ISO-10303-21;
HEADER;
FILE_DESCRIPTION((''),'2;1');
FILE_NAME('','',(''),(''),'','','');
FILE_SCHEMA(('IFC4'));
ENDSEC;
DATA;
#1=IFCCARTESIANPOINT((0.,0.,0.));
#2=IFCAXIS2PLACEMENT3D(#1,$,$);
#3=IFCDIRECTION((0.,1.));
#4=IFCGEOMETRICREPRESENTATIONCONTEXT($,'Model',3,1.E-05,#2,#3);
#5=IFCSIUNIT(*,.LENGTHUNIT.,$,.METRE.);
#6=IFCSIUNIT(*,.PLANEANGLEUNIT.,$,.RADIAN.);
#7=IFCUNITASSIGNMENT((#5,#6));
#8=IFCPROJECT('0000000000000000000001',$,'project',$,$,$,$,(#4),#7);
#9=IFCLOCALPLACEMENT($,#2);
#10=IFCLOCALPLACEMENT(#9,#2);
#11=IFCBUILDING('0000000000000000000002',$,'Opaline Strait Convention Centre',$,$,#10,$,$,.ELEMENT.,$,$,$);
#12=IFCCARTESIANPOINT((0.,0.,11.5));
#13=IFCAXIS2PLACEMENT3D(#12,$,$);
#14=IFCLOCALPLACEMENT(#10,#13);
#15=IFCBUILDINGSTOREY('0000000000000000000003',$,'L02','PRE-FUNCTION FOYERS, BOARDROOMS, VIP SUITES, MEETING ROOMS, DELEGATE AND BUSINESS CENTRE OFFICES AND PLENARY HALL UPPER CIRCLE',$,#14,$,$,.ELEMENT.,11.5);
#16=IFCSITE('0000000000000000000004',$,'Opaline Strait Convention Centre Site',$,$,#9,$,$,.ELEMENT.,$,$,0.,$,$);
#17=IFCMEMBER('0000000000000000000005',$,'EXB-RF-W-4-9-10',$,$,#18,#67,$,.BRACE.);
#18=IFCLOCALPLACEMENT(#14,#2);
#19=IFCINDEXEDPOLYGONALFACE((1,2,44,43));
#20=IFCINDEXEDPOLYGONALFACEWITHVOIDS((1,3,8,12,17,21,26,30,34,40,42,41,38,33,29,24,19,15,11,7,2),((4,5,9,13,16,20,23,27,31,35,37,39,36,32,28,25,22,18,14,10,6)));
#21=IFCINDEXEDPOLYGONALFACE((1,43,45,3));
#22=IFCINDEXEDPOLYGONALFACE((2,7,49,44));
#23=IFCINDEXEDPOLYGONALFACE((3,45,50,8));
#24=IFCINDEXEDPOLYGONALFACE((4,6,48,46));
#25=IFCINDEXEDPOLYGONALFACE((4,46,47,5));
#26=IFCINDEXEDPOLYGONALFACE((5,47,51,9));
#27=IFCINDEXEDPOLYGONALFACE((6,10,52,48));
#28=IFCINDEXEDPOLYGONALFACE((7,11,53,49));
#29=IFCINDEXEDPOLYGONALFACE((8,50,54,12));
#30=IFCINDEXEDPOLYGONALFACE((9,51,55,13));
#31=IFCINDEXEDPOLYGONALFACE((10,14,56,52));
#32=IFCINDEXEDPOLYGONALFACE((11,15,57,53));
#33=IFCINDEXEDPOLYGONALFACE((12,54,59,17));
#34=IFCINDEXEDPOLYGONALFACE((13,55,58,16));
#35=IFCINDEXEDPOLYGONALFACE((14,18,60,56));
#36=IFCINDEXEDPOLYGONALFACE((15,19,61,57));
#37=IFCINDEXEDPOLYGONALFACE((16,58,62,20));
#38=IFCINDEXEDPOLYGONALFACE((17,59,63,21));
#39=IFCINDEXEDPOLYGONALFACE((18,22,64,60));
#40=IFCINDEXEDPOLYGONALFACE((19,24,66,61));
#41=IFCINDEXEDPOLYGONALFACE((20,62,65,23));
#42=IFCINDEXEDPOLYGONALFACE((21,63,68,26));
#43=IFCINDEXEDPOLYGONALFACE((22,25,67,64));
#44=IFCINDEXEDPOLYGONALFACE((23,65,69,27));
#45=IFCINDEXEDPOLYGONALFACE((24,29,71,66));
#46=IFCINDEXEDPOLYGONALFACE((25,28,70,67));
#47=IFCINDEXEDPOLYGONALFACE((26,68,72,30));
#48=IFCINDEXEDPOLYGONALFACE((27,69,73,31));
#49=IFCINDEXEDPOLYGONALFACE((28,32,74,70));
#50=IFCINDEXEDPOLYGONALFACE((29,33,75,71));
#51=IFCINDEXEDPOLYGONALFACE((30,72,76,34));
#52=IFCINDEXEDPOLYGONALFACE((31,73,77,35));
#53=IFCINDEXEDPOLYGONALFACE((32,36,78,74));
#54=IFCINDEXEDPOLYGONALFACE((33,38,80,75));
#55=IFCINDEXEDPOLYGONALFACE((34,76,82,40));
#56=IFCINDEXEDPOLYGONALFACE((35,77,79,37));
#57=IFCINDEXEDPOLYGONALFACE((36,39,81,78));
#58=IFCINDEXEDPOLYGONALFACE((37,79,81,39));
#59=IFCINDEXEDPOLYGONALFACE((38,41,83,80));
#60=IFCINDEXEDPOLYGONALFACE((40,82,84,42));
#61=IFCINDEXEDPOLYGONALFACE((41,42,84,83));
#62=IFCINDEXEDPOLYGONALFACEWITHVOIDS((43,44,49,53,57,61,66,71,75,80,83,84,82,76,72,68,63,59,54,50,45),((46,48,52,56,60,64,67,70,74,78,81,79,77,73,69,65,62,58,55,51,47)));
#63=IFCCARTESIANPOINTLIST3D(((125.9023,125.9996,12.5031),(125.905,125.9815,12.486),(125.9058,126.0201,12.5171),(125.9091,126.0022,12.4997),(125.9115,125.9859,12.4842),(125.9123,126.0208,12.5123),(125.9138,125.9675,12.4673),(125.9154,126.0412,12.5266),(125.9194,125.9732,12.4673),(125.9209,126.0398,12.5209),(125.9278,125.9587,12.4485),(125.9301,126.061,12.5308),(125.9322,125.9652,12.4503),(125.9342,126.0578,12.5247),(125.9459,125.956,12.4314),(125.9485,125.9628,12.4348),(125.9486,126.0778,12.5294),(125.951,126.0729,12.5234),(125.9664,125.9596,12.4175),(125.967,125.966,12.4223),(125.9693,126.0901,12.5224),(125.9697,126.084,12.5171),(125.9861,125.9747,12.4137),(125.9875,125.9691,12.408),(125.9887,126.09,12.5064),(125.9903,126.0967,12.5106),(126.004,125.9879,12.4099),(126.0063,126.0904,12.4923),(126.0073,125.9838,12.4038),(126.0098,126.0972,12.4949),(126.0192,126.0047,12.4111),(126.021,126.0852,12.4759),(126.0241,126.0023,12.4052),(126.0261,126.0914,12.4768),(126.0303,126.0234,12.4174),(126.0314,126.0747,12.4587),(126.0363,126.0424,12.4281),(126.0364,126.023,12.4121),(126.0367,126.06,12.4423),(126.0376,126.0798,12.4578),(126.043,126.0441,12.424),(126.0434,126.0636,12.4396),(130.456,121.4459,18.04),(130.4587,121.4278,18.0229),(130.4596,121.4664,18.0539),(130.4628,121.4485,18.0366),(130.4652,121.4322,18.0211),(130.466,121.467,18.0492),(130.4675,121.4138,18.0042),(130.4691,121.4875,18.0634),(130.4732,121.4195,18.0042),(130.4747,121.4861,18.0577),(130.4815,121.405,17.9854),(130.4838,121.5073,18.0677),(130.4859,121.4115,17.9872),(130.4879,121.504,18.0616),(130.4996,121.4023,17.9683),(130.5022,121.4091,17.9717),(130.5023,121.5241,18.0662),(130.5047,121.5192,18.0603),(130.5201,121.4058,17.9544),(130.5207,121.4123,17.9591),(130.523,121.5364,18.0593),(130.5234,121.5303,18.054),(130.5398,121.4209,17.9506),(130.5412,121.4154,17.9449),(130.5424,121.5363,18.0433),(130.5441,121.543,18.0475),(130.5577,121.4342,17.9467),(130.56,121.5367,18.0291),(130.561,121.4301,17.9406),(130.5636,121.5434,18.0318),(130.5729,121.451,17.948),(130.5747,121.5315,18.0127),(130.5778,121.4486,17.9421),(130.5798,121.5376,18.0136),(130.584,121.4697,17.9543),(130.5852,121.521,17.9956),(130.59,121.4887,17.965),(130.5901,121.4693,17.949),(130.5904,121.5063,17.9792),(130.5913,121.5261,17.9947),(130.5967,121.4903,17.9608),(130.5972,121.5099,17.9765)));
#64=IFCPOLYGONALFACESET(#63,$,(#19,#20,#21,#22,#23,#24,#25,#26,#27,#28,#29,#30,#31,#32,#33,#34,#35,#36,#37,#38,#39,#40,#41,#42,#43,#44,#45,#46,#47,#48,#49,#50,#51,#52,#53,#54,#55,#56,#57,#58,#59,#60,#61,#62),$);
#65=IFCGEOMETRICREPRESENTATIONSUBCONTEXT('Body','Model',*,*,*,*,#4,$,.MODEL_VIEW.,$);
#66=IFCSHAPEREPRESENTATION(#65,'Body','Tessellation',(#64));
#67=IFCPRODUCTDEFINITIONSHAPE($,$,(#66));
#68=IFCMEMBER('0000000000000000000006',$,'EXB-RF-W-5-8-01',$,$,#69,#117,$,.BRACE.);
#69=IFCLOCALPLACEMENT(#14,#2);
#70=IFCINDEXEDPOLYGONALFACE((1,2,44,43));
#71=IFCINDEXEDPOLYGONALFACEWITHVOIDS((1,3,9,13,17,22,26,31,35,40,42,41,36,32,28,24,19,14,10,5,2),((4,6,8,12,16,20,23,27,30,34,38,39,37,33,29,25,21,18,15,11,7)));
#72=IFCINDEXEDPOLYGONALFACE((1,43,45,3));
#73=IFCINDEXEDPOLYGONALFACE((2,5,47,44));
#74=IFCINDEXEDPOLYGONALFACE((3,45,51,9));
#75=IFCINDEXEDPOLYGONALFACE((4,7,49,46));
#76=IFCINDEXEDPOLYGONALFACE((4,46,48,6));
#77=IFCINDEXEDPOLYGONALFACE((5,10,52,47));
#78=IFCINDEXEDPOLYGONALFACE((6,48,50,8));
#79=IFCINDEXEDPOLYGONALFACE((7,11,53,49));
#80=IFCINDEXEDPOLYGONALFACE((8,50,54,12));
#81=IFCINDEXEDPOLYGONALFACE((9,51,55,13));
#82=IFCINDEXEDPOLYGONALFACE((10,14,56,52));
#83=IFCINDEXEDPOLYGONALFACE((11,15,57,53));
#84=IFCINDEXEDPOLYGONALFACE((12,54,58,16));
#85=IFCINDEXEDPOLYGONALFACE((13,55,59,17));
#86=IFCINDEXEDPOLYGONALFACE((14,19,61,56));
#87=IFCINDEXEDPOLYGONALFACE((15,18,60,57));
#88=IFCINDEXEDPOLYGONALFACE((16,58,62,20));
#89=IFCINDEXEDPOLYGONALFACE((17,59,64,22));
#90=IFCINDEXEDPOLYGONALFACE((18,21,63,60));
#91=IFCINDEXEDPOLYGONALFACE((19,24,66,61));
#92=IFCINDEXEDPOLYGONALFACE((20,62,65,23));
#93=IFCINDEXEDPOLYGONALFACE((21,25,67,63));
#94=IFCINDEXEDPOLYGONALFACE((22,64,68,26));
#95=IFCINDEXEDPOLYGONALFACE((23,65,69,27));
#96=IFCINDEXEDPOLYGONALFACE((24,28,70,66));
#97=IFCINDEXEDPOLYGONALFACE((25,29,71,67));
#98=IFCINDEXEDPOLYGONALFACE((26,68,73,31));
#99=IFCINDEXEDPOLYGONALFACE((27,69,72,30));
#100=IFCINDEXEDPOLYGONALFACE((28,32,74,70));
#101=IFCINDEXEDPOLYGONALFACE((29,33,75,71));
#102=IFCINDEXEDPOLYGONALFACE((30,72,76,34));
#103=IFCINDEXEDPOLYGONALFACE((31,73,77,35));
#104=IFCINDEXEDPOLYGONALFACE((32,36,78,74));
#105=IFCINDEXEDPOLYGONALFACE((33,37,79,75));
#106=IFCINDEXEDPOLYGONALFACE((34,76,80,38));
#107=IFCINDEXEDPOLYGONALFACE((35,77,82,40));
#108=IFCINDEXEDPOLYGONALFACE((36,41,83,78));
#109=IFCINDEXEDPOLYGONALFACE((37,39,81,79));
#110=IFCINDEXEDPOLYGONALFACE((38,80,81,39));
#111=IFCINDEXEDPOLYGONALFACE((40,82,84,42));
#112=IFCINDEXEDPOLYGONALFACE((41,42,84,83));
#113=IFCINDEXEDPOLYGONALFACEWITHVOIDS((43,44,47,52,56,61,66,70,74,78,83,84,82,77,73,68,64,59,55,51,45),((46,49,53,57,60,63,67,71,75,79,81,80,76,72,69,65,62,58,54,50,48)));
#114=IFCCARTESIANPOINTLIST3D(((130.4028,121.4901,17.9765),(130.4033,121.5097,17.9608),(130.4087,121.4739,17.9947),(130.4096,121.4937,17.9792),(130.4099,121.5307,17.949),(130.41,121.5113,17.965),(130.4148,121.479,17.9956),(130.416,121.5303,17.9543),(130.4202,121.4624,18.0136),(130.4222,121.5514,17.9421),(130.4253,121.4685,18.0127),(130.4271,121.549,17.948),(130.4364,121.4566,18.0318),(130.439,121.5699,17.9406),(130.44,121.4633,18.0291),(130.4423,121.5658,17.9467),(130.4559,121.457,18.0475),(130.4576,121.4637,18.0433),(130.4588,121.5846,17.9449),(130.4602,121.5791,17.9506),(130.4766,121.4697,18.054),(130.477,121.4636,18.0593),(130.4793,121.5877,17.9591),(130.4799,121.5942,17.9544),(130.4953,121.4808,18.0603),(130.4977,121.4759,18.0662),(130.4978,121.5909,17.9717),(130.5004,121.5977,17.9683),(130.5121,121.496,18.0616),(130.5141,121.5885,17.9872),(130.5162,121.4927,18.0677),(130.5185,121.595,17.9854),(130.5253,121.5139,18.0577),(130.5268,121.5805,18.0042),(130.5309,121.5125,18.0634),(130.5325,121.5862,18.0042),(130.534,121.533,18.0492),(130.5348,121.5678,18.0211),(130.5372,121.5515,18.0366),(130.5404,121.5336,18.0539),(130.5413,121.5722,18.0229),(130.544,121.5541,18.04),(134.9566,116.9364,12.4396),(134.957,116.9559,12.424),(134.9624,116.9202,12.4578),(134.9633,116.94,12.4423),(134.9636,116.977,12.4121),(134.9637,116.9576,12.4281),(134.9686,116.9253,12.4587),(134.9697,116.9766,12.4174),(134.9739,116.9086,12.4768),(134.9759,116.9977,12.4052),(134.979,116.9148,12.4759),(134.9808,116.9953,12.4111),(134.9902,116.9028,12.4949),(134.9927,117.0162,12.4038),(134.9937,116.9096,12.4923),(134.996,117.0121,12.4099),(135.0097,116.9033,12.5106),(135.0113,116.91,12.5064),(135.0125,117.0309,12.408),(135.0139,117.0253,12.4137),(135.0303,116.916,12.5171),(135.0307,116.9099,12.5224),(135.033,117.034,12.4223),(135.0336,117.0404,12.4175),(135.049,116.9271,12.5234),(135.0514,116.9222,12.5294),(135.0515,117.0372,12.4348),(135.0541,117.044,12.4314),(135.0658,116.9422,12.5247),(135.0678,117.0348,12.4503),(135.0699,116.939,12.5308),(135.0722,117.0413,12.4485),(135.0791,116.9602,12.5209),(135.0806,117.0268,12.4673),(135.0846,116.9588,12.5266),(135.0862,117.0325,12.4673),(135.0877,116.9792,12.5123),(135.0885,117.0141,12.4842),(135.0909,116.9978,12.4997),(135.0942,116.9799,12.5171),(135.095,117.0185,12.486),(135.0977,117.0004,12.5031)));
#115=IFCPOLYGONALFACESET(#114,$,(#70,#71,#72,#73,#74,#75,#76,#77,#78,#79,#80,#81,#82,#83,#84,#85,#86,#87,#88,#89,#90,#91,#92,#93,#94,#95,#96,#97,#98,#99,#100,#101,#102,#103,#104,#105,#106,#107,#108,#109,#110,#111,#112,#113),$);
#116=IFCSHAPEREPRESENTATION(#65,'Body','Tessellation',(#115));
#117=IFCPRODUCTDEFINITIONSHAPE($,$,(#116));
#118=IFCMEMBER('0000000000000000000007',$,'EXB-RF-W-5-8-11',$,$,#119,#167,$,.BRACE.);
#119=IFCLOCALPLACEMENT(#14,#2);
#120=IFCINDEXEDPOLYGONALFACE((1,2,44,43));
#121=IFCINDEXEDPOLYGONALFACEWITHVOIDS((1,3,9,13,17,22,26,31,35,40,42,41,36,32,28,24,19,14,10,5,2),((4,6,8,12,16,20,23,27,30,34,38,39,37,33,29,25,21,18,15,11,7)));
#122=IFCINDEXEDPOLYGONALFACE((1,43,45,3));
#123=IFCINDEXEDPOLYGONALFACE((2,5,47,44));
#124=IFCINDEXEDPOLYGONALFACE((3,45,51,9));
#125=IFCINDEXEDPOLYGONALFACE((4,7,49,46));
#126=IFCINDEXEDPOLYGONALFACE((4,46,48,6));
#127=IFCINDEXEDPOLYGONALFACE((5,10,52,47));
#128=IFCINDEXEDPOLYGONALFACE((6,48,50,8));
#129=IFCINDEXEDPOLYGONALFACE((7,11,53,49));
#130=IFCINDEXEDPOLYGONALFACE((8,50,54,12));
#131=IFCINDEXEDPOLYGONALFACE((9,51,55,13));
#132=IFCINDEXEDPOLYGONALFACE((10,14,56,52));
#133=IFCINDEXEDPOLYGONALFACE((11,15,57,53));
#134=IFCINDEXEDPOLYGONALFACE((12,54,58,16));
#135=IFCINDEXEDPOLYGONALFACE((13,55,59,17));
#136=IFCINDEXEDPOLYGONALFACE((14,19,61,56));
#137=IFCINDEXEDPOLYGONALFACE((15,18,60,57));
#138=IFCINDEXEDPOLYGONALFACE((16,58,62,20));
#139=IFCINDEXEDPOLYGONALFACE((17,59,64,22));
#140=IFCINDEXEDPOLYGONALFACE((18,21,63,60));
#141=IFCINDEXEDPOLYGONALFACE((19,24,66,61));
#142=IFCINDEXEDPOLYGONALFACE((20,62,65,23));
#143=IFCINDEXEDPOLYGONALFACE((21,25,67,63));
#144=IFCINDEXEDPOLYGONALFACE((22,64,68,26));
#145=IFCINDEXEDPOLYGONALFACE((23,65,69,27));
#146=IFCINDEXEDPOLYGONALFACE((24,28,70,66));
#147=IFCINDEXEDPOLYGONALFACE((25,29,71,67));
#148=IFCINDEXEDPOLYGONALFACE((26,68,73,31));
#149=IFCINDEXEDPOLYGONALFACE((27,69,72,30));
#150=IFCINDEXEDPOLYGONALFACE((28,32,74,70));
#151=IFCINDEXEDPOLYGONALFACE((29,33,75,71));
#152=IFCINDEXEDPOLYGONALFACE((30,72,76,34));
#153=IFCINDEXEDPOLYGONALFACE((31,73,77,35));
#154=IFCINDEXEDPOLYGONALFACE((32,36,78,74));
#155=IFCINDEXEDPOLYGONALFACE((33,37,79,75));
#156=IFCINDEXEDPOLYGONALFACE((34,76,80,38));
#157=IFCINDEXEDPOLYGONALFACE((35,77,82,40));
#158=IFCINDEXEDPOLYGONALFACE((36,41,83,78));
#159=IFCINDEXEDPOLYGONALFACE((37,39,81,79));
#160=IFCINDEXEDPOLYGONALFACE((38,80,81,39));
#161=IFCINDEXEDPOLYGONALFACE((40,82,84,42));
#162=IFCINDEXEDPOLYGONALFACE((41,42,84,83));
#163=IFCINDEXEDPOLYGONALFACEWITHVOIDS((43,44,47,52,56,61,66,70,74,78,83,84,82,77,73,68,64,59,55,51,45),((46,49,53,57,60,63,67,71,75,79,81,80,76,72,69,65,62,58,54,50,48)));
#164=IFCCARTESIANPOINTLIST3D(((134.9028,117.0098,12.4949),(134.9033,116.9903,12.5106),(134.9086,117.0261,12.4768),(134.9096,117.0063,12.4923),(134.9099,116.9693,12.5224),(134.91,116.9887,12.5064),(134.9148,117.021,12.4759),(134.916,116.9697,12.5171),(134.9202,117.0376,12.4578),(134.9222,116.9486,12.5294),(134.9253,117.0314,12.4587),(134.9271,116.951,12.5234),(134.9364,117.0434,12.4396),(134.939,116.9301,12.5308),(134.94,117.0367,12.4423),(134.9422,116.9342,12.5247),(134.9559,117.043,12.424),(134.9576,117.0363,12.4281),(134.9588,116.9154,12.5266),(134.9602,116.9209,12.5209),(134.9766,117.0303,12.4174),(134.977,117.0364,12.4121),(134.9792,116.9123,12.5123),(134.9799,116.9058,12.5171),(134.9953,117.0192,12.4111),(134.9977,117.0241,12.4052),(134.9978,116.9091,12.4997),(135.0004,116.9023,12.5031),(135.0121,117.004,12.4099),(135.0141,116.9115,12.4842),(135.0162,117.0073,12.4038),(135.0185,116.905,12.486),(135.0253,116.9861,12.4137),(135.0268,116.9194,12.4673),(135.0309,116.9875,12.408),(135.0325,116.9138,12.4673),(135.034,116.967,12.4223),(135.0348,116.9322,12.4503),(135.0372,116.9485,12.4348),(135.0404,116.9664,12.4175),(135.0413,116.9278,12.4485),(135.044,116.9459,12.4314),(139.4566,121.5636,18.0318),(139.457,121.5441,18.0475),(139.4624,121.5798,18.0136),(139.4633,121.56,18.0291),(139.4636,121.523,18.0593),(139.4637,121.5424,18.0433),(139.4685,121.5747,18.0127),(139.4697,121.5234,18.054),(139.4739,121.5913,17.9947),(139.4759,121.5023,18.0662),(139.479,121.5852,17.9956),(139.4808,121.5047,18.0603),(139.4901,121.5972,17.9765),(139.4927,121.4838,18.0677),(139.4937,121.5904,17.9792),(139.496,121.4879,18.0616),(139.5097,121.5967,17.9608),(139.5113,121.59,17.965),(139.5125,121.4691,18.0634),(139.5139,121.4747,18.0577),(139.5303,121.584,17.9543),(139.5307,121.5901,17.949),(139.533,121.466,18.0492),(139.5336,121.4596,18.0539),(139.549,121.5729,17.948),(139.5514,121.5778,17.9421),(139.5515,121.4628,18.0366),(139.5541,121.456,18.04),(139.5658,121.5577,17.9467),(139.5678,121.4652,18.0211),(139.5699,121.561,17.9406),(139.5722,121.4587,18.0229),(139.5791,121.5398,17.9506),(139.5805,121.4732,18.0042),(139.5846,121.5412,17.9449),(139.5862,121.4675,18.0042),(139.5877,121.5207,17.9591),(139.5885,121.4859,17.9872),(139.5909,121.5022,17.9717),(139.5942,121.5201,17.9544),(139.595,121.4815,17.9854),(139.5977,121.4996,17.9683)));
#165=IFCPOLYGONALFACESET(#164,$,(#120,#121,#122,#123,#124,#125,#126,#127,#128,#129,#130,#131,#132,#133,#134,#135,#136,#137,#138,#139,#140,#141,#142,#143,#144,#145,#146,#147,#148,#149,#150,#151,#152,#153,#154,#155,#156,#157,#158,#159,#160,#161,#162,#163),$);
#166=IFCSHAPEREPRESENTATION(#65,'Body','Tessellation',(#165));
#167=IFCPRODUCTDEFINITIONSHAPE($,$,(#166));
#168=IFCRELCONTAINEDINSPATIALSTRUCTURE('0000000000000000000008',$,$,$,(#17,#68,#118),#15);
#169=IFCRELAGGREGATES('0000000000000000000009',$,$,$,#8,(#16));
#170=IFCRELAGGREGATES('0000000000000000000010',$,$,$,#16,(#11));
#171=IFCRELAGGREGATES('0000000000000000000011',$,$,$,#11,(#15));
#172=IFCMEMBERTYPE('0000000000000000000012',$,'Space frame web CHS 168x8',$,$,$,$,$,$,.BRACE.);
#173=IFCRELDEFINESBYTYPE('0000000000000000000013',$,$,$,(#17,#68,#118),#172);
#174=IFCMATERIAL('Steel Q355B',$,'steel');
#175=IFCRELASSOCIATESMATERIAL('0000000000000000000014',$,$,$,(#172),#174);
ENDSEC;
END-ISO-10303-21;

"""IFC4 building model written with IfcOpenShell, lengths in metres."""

from ifc_helpers import new_model, si_unit, direction, frame, origin, origin_2d, place, context, subcontext, project, spatial, hollow_circle, extrude, material, material_profile, profile_set, type_object, element, save


model = new_model("IFC4")

# Units and contexts
model_context = context("Model", 3, precision=1e-05, world=origin(), true_north=direction((0.0, 1.0)))
body_context = subcontext(model_context, "Body", "Model", "MODEL_VIEW")
ifc_project = project(units=[si_unit("LENGTHUNIT", "METRE"), si_unit("PLANEANGLEUNIT", "RADIAN")], contexts=[model_context])

# Site, building, storey
site_placement = place(None, origin())
site = spatial("IfcSite", under=ifc_project, at=site_placement, Name="Opaline Strait Convention Centre Site", CompositionType="ELEMENT", RefElevation=0.0)
building_placement = place(site_placement, origin())
building = spatial("IfcBuilding", under=site, at=building_placement, Name="Opaline Strait Convention Centre", CompositionType="ELEMENT")
storey_placement = place(building_placement, frame((0.0, 0.0, 11.5)))
storey = spatial("IfcBuildingStorey", under=building, at=storey_placement, Name="L02", Description="PRE-FUNCTION FOYERS, BOARDROOMS, VIP SUITES, MEETING ROOMS, DELEGATE AND BUSINESS CENTRE OFFICES AND PLENARY HALL UPPER CIRCLE", CompositionType="ELEMENT", Elevation=11.5)

# Members
ifc_material = material(Name="Steel Q355B", Category="steel")
ifc_material_profile_1 = material_profile(ifc_material, hollow_circle(Radius=0.084, WallThickness=0.0081, at=origin_2d()), Name="CHS 168x8")
ifc_profile_set_1 = profile_set([ifc_material_profile_1], Name="Steel Q355B")
member_type_1 = type_object("IfcMemberType", Name="Space frame web CHS 168x8", PredefinedType="BRACE", material=ifc_profile_set_1)
for number, where, z_axis, x_axis, name in (
    (1, (130.5269, 121.4731, 18.0042), (-0.536178, 0.536178, -0.65194), (-0.707107, -0.707107, 0.0), "EXB-RF-W-4-9-10"),
    (2, (130.4731, 121.5269, 18.0042), (0.536178, -0.536178, -0.65194), (0.707107, 0.707107, 0.0), "EXB-RF-W-5-8-01"),
    (3, (139.5269, 121.5269, 18.0042), (-0.536178, -0.536178, -0.65194), (0.707107, -0.707107, 0.0), "EXB-RF-W-5-8-11"),
):
    element("IfcMember", number, at=place(storey_placement, frame(where, z_axis=z_axis, x_axis=x_axis)), inside=storey, type_object=member_type_1, Name=name, PredefinedType="BRACE", context=body_context, shape_type="SweptSolid", body=[
        extrude(hollow_circle(Radius=0.084, WallThickness=0.0081, at=origin_2d()), origin(), (0.0, 0.0, 1.0), 8.4929),
    ])

save(model, "model.ifc")
